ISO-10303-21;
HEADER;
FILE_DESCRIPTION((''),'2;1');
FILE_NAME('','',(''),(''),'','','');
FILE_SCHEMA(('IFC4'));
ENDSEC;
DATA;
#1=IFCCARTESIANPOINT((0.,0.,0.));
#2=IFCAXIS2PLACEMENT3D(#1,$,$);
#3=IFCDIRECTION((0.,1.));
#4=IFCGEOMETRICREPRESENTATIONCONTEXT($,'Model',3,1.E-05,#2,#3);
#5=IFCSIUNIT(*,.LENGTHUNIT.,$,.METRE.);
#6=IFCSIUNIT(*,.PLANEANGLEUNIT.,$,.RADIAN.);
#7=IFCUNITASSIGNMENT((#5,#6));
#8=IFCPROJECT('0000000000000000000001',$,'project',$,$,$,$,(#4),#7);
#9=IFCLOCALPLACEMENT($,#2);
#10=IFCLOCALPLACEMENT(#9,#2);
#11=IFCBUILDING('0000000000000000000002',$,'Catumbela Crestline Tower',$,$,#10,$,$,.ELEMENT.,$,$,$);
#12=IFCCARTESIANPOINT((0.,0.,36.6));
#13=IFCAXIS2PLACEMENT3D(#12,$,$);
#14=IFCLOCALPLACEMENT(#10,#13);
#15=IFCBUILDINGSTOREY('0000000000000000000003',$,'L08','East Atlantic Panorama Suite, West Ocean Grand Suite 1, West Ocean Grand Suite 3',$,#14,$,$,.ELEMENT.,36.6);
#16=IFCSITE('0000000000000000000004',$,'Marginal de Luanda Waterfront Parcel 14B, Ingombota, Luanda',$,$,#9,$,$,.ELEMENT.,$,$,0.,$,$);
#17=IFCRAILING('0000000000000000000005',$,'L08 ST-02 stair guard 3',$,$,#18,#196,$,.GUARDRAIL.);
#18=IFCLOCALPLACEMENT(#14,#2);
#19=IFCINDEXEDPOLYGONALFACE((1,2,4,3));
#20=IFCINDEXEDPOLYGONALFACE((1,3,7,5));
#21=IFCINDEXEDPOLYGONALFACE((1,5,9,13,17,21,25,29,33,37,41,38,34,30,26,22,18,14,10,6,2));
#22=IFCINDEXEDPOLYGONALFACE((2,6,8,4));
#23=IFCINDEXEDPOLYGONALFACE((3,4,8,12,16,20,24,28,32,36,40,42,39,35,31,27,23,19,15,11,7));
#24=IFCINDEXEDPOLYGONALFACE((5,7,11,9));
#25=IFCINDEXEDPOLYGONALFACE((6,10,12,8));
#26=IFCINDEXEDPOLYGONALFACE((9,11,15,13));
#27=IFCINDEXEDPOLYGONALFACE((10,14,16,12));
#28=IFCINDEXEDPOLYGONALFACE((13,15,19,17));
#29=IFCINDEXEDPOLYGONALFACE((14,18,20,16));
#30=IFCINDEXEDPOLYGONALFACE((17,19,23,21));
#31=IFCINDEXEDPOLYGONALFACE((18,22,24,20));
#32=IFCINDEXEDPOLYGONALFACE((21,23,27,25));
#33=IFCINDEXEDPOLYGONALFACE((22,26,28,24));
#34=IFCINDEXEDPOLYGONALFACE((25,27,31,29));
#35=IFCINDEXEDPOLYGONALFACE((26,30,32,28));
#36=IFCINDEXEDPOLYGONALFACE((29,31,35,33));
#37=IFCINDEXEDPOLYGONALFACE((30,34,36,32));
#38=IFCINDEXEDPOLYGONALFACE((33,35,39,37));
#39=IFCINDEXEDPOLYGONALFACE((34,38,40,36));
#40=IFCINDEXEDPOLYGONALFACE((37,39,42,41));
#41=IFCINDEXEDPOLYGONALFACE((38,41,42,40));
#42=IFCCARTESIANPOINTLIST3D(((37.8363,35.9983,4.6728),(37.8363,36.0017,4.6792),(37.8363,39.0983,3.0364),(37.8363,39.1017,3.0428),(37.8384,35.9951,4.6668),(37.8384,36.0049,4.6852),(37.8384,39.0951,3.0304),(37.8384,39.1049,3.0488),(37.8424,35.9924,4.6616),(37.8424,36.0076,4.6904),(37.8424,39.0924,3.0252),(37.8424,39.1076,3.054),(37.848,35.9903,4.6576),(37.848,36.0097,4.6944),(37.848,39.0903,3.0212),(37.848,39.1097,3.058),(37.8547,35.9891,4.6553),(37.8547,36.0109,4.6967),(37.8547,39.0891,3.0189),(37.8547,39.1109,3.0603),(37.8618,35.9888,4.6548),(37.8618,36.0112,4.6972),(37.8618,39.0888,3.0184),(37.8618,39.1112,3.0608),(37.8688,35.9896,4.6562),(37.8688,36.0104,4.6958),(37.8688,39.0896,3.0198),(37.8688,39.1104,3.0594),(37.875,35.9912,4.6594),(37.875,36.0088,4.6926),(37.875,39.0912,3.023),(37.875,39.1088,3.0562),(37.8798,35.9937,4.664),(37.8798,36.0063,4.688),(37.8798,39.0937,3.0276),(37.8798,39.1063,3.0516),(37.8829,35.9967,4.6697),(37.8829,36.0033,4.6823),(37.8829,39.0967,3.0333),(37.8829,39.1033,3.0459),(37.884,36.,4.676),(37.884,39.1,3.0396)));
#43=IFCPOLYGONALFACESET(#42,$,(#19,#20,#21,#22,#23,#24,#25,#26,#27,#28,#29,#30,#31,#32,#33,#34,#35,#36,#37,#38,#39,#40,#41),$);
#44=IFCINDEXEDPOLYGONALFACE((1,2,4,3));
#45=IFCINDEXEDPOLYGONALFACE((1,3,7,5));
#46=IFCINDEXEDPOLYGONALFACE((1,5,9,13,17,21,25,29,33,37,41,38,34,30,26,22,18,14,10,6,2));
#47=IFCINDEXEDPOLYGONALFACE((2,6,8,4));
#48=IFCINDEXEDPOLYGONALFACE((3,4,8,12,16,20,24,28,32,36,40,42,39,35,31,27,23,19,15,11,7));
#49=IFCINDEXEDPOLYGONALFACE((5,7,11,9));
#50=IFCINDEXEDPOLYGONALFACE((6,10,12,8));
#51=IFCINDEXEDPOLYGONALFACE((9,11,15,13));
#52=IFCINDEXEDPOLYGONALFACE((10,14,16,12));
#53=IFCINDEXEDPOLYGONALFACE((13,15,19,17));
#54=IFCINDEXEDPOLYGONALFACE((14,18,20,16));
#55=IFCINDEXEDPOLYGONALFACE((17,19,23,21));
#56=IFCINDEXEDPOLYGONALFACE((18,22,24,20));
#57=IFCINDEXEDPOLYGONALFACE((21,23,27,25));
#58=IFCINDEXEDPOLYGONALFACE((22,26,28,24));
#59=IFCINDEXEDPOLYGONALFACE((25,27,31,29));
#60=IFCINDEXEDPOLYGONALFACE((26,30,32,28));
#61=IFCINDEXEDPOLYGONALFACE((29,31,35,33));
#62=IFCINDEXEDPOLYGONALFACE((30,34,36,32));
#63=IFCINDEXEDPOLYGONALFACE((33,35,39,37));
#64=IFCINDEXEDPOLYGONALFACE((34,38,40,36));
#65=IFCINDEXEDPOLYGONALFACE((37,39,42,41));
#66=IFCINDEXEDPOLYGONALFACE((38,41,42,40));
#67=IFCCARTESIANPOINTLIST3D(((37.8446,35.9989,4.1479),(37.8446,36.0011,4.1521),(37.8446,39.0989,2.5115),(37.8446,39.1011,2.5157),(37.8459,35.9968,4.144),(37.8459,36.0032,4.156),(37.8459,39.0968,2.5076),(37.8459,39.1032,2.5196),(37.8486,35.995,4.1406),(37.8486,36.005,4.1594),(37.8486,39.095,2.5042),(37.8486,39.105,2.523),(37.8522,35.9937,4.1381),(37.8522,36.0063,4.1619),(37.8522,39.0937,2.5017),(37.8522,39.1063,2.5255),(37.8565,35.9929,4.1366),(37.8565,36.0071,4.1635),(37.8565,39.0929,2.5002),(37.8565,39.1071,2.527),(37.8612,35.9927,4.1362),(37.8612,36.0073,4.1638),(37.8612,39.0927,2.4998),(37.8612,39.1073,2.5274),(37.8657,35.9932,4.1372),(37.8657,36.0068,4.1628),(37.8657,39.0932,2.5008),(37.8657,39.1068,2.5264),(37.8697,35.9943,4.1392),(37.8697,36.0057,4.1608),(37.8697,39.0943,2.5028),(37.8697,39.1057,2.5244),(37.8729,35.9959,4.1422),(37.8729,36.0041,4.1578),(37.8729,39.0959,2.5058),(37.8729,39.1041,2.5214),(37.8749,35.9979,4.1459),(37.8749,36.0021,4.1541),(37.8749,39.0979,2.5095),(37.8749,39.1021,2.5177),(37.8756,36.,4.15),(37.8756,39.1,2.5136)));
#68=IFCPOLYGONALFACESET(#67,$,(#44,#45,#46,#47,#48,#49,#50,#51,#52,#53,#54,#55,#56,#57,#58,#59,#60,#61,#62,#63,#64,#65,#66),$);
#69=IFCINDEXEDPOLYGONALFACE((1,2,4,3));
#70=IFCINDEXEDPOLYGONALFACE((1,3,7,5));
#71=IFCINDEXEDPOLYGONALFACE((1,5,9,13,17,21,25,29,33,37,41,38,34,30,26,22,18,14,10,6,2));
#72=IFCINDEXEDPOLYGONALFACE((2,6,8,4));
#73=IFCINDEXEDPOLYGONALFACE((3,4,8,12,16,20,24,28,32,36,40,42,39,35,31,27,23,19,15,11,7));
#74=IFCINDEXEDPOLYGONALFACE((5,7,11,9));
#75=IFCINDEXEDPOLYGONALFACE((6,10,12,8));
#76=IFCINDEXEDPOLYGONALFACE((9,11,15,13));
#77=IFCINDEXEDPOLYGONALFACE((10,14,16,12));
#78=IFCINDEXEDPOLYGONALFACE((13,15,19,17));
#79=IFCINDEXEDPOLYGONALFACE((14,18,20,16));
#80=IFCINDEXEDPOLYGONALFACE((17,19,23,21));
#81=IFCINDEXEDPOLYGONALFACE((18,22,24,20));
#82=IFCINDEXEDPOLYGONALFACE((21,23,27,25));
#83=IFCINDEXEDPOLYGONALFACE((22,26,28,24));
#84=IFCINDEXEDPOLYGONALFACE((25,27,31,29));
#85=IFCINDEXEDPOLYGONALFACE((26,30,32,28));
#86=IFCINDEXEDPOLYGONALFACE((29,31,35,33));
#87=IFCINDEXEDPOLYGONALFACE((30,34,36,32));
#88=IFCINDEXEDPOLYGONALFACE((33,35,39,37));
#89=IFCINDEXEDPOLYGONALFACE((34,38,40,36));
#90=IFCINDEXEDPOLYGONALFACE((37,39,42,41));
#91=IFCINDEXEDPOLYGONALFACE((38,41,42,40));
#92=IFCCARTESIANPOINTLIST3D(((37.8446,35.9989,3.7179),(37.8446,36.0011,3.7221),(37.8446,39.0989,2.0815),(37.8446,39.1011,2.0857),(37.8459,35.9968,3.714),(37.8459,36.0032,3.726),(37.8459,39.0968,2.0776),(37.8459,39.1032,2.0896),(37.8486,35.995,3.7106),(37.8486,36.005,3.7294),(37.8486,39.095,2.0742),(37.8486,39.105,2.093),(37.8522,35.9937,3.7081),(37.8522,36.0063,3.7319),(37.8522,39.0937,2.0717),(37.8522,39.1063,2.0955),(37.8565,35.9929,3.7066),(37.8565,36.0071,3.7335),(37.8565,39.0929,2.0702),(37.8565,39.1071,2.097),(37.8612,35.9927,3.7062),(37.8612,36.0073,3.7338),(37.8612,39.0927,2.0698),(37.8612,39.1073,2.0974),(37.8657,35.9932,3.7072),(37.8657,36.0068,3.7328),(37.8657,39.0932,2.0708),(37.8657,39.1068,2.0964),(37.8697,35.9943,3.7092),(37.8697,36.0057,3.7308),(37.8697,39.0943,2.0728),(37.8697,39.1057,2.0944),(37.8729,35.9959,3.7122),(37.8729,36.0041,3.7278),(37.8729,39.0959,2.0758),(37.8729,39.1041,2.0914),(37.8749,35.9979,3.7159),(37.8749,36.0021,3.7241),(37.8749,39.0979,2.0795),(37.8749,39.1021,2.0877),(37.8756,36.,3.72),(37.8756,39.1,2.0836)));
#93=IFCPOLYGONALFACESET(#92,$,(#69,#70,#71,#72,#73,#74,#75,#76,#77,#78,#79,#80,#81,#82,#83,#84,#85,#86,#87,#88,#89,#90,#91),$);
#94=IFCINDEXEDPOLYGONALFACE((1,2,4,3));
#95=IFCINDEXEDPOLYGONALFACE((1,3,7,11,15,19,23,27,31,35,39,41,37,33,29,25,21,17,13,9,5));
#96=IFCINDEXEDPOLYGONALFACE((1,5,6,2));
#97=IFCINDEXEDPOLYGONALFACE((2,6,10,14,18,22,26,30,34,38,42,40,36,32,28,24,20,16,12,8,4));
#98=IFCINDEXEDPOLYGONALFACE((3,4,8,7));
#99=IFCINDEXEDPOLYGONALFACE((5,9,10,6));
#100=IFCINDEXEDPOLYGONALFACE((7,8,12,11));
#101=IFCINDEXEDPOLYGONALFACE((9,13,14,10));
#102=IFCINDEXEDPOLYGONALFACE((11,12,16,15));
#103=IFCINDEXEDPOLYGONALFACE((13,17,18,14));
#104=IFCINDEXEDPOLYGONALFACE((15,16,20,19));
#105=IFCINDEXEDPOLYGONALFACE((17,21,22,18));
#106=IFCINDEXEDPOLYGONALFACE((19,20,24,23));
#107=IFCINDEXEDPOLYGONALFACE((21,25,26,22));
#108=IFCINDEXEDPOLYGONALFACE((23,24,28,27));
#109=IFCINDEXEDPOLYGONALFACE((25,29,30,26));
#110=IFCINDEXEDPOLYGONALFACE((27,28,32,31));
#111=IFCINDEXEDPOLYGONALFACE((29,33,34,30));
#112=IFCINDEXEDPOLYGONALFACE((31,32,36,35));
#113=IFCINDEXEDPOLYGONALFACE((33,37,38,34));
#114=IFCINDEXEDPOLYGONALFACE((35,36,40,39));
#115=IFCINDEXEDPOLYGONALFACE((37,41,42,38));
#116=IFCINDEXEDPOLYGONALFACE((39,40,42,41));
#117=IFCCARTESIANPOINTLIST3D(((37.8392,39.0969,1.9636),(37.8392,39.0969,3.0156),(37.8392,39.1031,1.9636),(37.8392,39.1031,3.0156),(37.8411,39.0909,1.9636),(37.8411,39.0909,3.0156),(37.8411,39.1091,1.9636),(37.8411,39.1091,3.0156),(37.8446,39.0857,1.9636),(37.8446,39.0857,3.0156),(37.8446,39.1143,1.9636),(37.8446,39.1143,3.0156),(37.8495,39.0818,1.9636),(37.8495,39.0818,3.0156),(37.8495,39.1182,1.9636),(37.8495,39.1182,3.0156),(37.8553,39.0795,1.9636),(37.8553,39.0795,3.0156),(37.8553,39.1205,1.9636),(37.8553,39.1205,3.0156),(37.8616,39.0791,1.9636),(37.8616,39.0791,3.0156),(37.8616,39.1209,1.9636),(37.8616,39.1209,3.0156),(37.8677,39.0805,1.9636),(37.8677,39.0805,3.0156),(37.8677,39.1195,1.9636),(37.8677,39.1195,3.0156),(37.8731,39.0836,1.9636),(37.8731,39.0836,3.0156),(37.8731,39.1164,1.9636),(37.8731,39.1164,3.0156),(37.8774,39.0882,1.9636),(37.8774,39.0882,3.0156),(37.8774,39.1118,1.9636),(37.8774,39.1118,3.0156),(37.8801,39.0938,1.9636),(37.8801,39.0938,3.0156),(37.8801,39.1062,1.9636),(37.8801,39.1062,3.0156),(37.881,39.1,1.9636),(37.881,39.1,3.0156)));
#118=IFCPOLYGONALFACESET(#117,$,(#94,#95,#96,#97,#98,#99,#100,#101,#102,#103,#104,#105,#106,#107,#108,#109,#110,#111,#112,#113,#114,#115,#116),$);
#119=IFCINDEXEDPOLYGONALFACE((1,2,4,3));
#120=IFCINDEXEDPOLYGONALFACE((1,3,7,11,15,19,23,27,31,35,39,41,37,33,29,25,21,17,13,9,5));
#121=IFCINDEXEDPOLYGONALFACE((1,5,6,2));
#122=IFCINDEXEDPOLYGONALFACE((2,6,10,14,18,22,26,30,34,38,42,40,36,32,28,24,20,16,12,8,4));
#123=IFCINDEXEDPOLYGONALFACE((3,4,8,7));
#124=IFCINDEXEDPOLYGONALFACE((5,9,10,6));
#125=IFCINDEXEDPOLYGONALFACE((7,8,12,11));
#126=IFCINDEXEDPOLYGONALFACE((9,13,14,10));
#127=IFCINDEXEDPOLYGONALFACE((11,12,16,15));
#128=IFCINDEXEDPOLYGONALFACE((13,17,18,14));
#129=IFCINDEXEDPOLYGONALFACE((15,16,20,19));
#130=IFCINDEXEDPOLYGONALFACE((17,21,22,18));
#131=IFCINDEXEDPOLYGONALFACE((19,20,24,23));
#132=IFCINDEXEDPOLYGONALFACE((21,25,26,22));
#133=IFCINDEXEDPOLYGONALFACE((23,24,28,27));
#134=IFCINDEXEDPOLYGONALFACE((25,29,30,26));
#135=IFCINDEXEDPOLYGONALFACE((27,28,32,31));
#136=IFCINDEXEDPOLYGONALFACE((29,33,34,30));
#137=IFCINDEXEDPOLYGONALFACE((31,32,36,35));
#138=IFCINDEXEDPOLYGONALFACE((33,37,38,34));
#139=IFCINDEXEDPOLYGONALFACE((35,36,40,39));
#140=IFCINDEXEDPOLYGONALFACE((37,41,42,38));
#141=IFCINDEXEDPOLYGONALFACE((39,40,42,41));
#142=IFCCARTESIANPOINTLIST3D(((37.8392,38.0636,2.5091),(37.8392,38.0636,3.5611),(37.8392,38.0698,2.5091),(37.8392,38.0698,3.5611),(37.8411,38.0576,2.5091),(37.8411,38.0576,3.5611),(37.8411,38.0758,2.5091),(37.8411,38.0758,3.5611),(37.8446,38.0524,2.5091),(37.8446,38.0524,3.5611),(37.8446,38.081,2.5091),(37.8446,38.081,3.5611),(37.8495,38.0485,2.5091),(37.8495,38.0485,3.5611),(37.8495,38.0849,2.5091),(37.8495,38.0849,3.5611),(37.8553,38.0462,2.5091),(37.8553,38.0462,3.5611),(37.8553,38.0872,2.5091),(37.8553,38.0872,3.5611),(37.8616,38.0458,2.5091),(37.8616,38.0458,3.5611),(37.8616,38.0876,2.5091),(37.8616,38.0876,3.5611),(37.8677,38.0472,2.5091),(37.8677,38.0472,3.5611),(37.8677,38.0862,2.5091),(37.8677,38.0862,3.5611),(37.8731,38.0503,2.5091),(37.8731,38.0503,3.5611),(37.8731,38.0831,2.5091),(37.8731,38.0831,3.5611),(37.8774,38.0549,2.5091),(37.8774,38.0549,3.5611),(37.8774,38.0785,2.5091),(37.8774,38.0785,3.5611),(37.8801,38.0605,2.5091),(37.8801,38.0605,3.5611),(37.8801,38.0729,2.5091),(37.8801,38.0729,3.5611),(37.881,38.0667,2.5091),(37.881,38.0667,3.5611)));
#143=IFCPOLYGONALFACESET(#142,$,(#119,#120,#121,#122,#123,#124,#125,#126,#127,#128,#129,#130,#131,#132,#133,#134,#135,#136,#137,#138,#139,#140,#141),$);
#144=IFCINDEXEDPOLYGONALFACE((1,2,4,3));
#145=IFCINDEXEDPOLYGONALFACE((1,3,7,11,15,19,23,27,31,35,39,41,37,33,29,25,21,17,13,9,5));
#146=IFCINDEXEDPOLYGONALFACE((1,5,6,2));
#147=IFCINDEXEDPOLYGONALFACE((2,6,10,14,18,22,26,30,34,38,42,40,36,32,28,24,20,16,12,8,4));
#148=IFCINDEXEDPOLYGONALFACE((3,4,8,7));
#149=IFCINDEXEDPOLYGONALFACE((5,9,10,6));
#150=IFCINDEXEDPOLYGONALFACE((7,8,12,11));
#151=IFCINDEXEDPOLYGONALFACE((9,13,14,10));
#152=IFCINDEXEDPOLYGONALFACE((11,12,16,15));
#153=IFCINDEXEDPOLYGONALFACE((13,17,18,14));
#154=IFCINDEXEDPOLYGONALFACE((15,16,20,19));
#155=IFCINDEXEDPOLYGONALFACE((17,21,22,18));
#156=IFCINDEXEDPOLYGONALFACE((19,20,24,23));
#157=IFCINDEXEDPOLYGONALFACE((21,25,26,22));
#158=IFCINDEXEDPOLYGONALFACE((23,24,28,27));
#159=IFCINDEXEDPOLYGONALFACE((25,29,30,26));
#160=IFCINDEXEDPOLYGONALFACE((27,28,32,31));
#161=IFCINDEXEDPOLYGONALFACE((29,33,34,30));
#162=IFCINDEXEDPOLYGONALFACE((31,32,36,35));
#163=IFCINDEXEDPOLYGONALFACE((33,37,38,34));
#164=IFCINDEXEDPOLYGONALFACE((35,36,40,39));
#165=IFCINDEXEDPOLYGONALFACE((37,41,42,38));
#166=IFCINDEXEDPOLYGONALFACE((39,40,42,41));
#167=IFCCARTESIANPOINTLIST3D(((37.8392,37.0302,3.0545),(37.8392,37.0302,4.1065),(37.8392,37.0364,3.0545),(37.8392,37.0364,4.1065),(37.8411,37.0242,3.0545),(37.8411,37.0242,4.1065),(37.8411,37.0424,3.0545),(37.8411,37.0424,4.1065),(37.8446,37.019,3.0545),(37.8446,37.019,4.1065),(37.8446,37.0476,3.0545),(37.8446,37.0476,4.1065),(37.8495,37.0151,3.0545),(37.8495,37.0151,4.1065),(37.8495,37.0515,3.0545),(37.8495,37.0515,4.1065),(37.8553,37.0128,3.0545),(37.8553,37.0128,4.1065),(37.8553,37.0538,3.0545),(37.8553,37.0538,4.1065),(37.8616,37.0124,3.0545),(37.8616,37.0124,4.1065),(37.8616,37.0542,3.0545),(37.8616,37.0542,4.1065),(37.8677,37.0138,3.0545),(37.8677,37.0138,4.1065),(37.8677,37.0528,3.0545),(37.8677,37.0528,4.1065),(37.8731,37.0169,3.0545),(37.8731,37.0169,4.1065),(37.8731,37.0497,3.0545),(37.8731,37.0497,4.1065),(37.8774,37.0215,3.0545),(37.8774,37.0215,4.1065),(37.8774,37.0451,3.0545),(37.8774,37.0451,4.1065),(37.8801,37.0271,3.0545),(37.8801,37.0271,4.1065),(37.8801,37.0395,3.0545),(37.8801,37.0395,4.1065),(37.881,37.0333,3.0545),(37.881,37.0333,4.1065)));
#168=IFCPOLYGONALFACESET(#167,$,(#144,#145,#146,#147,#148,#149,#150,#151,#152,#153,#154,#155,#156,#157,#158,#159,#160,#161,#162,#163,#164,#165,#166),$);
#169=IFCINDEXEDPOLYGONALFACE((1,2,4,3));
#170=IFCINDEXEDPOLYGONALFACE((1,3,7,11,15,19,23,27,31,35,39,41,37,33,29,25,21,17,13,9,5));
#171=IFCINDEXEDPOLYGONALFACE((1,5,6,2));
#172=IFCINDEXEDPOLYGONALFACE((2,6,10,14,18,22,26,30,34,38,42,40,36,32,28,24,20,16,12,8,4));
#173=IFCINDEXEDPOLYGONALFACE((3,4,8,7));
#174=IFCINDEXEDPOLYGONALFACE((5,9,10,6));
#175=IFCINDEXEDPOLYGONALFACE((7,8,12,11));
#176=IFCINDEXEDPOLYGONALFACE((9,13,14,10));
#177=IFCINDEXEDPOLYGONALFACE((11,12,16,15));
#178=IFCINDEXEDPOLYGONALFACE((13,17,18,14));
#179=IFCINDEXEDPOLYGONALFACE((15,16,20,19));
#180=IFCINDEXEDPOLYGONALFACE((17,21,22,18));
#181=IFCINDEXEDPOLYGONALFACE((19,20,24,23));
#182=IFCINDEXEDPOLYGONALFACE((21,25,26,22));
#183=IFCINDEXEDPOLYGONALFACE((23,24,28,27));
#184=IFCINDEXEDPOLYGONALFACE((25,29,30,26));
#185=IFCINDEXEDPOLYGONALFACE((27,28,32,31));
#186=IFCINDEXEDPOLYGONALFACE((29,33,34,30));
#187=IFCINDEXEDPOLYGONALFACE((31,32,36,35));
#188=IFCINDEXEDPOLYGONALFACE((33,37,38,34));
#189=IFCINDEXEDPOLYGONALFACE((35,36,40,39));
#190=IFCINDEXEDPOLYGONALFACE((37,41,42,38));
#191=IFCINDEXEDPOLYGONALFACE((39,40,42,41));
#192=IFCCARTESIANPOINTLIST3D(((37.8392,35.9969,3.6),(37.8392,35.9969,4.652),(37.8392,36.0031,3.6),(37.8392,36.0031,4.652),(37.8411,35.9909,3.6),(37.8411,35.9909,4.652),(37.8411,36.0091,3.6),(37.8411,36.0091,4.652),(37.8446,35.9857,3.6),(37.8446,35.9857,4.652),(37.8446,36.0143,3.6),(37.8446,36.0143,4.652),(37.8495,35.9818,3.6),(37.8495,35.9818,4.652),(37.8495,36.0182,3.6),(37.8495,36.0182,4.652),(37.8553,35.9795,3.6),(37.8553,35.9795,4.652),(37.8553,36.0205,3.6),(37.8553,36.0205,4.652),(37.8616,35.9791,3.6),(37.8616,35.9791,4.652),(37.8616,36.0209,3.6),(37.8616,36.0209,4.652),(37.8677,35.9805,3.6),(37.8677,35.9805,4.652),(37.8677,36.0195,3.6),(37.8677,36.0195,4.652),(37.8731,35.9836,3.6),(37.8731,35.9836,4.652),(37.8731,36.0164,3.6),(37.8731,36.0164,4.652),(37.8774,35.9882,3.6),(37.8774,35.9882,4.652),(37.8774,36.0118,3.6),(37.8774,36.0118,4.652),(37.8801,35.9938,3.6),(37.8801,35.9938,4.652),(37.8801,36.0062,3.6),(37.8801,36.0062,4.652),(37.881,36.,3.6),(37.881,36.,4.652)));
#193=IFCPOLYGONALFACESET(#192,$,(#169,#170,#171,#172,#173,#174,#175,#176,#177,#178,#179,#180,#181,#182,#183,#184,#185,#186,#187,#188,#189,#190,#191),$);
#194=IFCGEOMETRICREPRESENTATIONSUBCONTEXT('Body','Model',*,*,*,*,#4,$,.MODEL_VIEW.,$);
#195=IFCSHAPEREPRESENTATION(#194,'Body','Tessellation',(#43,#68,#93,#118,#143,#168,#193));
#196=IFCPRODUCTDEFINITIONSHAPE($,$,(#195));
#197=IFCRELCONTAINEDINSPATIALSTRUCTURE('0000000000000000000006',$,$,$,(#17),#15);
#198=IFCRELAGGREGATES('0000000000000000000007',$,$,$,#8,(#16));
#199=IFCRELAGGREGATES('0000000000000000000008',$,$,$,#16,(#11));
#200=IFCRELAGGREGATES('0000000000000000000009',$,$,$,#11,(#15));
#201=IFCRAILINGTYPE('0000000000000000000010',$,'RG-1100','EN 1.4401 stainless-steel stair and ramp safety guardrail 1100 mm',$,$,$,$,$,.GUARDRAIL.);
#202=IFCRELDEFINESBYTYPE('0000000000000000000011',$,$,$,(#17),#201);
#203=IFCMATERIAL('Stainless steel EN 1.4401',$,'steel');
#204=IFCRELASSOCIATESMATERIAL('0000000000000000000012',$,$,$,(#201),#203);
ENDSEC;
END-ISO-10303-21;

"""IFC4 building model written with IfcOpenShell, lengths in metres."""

from ifc_helpers import new_model, si_unit, direction, frame, origin, origin_2d, place, context, subcontext, project, spatial, circle, extrude, material, type_object, element, save


model = new_model("IFC4")

# Units and contexts
model_context = context("Model", 3, precision=1e-05, world=origin(), true_north=direction((0.0, 1.0)))
body_context = subcontext(model_context, "Body", "Model", "MODEL_VIEW")
ifc_project = project(units=[si_unit("LENGTHUNIT", "METRE"), si_unit("PLANEANGLEUNIT", "RADIAN")], contexts=[model_context])

# Site, building, storey
site_placement = place(None, origin())
site = spatial("IfcSite", under=ifc_project, at=site_placement, Name="Marginal de Luanda Waterfront Parcel 14B, Ingombota, Luanda", CompositionType="ELEMENT", RefElevation=0.0)
building_placement = place(site_placement, origin())
building = spatial("IfcBuilding", under=site, at=building_placement, Name="Catumbela Crestline Tower", CompositionType="ELEMENT")
storey_placement = place(building_placement, frame((0.0, 0.0, 36.6)))
storey = spatial("IfcBuildingStorey", under=building, at=storey_placement, Name="L08", Description="East Atlantic Panorama Suite, West Ocean Grand Suite 1, West Ocean Grand Suite 3", CompositionType="ELEMENT", Elevation=36.6)

# Shared definitions
ifc_material_1 = material(Name="Stainless steel EN 1.4401", Category="steel")

# Railing
railing_type_1 = type_object("IfcRailingType", Name="RG-1100", Description="EN 1.4401 stainless-steel stair and ramp safety guardrail 1100 mm", PredefinedType="GUARDRAIL", material=ifc_material_1)
railing_1_placement = place(storey_placement, frame((37.86, 39.1, 1.9636)))
element("IfcRailing", 1, at=railing_1_placement, inside=storey, type_object=railing_type_1, Name="L08 ST-02 stair guard 3", PredefinedType="GUARDRAIL", context=body_context, shape_type="SweptSolid", body=[
    extrude(circle(Radius=0.024, at=origin_2d()), frame((0.0, 0.0, 1.076), z_axis=(0.0, -0.884351, 0.466823), x_axis=(1.0, 0.0, 0.0)), (0.0, 0.0, 1.0), 3.5054),
    extrude(circle(Radius=0.0156, at=origin_2d()), frame((0.0, 0.0, 0.55), z_axis=(0.0, -0.884351, 0.466823), x_axis=(1.0, 0.0, 0.0)), (0.0, 0.0, 1.0), 3.5054),
    extrude(circle(Radius=0.0156, at=origin_2d()), frame((0.0, 0.0, 0.12), z_axis=(0.0, -0.884351, 0.466823), x_axis=(1.0, 0.0, 0.0)), (0.0, 0.0, 1.0), 3.5054),
    extrude(circle(Radius=0.021, at=origin_2d()), origin(), (0.0, 0.0, 1.0), 1.052),
    extrude(circle(Radius=0.021, at=origin_2d()), frame((0.0, -1.0333, 0.5455)), (0.0, 0.0, 1.0), 1.052),
    extrude(circle(Radius=0.021, at=origin_2d()), frame((0.0, -2.0667, 1.0909)), (0.0, 0.0, 1.0), 1.052),
    extrude(circle(Radius=0.021, at=origin_2d()), frame((0.0, -3.1, 1.6364)), (0.0, 0.0, 1.0), 1.052),
])

save(model, "model.ifc")
